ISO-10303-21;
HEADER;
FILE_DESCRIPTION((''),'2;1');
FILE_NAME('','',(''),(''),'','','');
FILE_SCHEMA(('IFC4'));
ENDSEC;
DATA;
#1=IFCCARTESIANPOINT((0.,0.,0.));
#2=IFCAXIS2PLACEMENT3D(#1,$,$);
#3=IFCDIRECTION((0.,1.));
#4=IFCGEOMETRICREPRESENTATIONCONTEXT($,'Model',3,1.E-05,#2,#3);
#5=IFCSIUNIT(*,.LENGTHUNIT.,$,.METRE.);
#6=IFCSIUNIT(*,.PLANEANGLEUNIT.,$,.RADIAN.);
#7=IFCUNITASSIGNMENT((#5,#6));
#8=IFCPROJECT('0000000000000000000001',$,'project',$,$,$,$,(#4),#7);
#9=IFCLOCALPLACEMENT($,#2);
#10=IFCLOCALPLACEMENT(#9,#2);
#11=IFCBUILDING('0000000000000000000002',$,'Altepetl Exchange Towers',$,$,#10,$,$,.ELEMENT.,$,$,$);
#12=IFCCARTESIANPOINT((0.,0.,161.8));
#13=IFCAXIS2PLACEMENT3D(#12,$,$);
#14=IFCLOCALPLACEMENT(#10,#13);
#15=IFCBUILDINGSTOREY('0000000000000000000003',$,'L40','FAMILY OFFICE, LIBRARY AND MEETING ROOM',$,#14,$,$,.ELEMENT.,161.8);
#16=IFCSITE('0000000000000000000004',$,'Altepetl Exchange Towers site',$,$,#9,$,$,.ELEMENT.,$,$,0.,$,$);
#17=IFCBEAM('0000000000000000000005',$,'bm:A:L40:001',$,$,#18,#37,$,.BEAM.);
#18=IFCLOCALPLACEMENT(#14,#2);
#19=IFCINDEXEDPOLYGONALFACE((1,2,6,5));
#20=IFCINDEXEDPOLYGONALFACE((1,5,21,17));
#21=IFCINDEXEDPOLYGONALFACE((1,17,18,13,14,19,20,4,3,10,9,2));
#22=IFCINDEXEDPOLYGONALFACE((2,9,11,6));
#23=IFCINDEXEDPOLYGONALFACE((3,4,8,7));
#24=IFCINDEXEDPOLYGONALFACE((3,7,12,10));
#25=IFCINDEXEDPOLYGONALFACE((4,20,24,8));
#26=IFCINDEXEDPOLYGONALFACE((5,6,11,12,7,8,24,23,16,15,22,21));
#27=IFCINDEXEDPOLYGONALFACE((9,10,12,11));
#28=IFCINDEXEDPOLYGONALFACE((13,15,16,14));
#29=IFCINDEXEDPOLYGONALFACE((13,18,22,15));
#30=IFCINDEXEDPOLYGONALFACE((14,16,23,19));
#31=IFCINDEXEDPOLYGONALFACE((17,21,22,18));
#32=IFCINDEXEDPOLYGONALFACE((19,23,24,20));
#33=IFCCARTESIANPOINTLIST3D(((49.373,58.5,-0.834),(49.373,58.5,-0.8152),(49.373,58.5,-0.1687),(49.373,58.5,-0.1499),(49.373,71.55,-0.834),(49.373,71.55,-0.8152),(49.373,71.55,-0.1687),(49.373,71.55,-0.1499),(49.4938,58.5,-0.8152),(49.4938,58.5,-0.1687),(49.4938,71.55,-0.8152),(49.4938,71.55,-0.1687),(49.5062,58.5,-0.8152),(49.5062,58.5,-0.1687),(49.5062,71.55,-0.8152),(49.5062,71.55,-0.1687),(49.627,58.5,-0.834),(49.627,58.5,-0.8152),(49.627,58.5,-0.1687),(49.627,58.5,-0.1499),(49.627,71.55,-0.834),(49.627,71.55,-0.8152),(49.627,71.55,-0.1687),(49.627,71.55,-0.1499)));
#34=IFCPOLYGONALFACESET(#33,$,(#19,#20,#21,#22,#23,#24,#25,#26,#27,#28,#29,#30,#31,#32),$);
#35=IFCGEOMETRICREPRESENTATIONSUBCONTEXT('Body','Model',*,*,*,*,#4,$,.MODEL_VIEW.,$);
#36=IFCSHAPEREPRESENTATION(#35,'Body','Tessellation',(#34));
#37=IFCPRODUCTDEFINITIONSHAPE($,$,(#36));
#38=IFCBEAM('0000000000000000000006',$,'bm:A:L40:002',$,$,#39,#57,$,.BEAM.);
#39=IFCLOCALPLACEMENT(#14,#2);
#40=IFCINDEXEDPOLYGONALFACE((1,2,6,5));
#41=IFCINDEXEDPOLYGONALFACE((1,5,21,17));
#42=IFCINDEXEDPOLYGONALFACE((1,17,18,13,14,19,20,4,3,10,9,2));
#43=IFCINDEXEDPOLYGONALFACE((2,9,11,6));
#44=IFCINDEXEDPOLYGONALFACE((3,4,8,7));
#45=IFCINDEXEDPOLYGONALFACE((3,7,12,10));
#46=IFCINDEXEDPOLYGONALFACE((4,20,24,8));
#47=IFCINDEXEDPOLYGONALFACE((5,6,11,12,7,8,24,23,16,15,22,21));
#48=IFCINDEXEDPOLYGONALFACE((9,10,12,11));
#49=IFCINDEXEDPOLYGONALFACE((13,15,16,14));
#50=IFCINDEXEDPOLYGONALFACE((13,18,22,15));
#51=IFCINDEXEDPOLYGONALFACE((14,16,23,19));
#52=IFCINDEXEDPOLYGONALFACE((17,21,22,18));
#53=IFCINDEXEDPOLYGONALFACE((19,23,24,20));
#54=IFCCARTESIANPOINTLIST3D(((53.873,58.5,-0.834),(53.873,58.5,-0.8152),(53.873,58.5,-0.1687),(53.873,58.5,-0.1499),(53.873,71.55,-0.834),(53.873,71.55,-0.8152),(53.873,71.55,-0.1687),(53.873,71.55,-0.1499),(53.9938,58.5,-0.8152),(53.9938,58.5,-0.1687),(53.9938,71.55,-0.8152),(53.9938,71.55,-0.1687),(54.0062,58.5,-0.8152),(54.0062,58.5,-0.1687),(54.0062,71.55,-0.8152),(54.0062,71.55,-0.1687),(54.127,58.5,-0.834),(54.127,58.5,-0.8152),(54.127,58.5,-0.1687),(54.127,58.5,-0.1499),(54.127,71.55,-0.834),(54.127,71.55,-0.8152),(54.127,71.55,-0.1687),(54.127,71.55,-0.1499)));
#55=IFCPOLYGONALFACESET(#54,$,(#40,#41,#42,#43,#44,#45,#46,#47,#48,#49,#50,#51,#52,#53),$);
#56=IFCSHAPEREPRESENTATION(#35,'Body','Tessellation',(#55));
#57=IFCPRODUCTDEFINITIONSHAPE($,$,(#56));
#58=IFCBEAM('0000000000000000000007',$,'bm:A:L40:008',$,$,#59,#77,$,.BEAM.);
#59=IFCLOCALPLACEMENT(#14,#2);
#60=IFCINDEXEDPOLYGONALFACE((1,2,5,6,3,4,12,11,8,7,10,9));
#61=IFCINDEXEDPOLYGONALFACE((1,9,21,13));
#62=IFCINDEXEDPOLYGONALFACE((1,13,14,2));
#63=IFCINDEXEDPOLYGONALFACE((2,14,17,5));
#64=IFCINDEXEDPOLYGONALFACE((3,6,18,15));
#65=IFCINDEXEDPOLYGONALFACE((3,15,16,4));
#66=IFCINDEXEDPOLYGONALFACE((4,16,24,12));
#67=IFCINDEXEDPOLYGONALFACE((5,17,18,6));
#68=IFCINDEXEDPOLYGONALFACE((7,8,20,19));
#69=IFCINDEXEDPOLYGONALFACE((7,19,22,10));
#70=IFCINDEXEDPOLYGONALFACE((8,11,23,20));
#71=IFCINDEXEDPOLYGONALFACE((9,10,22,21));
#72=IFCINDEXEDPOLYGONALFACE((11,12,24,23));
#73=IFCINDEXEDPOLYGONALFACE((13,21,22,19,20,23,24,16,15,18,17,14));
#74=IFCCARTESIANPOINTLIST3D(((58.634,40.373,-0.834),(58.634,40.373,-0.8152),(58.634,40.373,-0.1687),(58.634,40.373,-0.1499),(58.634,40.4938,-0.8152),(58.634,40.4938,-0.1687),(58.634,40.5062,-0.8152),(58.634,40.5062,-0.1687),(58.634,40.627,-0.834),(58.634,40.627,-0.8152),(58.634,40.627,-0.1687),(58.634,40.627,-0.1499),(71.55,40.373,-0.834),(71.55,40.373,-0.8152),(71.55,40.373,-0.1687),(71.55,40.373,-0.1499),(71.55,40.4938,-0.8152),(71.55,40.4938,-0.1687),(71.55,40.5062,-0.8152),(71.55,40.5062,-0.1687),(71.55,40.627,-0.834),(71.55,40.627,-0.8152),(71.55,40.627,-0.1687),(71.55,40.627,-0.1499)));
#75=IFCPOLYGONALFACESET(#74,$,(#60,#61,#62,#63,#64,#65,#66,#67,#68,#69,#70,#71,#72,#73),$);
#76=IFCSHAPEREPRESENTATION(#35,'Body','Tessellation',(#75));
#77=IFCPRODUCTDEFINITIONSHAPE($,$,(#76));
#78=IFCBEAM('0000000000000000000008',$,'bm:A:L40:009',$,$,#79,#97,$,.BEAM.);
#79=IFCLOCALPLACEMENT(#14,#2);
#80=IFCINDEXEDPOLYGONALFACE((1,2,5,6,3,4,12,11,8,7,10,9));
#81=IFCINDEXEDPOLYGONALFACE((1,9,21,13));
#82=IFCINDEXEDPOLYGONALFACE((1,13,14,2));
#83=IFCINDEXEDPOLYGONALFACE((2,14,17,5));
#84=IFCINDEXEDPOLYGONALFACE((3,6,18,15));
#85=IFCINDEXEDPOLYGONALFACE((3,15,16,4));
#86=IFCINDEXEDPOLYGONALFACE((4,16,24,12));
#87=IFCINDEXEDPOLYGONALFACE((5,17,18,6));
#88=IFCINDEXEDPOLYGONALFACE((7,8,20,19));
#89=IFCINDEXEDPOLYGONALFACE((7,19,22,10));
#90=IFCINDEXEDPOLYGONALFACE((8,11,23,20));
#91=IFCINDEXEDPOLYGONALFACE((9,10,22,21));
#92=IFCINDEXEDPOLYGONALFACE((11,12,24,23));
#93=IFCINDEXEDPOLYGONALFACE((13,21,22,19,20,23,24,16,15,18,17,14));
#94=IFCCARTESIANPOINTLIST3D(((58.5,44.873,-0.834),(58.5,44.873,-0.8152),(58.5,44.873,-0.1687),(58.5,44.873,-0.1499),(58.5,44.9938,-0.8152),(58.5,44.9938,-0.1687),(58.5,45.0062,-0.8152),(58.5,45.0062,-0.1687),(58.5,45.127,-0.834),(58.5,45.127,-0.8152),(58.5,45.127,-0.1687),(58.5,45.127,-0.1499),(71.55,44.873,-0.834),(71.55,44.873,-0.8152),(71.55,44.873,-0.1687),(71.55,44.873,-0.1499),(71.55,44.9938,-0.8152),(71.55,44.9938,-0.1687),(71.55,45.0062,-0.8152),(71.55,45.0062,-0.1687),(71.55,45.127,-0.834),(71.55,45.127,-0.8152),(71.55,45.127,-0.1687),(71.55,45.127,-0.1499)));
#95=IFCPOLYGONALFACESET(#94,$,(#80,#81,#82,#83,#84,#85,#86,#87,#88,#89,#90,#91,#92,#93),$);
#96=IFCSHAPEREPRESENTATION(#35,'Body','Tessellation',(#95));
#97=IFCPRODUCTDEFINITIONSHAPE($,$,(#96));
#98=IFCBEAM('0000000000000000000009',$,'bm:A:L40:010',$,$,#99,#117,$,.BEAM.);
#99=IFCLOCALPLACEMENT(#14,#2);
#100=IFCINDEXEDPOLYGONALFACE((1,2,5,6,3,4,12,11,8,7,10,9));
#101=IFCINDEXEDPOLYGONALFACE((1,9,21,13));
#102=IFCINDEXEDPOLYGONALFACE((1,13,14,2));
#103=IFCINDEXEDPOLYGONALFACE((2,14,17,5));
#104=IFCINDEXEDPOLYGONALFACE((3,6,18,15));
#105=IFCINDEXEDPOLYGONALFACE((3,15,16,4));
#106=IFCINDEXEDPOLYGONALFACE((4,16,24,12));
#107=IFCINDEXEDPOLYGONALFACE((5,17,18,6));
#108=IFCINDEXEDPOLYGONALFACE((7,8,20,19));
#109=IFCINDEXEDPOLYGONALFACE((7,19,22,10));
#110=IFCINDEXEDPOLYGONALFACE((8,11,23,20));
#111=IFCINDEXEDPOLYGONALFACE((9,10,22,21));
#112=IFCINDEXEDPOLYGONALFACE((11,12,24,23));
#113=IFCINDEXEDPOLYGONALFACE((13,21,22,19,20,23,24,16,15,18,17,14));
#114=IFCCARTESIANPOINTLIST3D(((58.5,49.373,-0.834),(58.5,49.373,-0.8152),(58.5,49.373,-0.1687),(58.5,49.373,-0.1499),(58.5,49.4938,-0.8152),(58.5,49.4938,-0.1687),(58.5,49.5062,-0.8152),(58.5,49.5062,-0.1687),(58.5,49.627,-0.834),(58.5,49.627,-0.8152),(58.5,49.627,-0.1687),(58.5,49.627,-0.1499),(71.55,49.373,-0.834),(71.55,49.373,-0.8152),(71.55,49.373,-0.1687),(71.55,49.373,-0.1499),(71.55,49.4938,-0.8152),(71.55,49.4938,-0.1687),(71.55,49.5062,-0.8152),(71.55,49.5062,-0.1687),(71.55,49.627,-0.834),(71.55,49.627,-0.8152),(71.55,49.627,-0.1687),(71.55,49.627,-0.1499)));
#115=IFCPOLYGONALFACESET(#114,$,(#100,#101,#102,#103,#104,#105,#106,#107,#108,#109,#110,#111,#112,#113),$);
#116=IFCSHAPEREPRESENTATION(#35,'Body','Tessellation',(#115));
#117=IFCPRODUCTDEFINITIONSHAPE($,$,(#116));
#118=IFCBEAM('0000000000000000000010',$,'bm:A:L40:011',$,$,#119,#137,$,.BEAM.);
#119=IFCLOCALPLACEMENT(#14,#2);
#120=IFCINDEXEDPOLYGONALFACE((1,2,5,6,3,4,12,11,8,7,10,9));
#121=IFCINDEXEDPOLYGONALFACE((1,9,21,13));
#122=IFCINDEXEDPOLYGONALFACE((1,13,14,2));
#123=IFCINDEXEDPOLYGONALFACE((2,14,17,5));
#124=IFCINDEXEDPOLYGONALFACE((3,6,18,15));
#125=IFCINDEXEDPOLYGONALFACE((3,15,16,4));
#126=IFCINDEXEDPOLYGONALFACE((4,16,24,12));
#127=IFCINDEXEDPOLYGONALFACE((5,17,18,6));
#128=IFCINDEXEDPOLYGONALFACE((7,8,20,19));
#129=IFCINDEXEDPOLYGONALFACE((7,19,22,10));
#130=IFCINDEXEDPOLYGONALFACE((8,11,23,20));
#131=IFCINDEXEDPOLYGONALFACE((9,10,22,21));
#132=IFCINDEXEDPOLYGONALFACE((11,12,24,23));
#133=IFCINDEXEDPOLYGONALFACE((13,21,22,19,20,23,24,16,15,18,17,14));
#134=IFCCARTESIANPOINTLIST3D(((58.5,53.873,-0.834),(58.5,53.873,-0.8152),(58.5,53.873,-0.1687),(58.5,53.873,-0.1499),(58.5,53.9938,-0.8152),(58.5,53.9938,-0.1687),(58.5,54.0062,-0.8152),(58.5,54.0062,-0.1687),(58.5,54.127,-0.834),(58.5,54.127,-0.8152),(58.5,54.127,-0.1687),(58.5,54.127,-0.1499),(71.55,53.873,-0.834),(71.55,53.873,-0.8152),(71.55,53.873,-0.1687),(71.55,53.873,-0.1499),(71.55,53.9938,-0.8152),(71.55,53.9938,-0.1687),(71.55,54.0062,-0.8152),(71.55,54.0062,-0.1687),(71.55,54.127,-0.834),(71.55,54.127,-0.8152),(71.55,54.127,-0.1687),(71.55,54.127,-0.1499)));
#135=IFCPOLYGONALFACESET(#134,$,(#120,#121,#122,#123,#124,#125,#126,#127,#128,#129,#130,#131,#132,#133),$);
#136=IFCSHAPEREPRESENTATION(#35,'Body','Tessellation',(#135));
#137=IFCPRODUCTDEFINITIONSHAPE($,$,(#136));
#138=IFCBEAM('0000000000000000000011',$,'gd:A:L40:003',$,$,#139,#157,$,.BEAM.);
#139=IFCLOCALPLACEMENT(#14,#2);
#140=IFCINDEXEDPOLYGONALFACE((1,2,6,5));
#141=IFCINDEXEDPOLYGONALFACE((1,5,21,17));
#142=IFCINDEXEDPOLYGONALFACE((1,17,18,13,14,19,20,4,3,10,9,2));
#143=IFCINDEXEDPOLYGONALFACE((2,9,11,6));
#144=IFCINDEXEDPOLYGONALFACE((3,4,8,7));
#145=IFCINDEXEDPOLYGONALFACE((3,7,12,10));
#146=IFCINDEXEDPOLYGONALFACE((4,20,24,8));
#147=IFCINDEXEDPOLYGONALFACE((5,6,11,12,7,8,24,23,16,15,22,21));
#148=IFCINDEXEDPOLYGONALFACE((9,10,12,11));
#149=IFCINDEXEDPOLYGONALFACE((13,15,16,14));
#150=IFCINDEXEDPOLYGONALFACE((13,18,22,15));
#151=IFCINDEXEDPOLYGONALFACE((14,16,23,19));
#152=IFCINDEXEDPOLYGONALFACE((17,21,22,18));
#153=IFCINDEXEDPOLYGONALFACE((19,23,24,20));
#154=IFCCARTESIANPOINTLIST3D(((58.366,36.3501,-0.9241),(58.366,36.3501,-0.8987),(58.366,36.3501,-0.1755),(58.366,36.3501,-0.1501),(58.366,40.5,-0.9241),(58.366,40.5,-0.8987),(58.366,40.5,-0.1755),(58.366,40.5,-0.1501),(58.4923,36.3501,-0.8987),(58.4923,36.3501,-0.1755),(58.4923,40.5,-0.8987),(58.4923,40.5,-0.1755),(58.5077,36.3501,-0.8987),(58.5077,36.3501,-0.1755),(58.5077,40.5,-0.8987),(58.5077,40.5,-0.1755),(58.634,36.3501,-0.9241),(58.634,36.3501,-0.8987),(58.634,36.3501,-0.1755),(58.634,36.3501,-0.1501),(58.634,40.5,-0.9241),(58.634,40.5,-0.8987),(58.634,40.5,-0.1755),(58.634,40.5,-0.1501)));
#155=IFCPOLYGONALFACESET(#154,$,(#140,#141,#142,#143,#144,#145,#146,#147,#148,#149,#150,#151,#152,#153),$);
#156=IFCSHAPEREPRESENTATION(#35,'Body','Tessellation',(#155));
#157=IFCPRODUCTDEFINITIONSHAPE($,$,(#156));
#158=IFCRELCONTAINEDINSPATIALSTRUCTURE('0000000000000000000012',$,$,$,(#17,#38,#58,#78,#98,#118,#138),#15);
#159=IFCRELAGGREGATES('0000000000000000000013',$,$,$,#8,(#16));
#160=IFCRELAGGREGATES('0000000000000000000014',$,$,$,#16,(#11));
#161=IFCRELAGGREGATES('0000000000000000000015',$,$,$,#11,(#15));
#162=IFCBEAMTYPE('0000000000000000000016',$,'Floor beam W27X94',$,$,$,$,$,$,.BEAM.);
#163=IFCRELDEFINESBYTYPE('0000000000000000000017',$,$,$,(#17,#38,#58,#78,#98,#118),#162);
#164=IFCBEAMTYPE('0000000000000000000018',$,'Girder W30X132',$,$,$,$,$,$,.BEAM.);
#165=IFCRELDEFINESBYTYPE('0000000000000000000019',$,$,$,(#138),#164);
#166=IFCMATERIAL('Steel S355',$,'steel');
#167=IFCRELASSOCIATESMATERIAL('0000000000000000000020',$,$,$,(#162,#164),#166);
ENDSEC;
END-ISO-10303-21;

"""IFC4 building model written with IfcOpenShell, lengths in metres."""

from ifc_helpers import new_model, si_unit, direction, frame, origin, origin_2d, place, context, subcontext, project, spatial, i_section, extrude, material, material_profile, profile_set, type_object, element, save


model = new_model("IFC4")

# Units and contexts
model_context = context("Model", 3, precision=1e-05, world=origin(), true_north=direction((0.0, 1.0)))
body_context = subcontext(model_context, "Body", "Model", "MODEL_VIEW")
ifc_project = project(units=[si_unit("LENGTHUNIT", "METRE"), si_unit("PLANEANGLEUNIT", "RADIAN")], contexts=[model_context])

# Site, building, storey
site_placement = place(None, origin())
site = spatial("IfcSite", under=ifc_project, at=site_placement, Name="Altepetl Exchange Towers site", CompositionType="ELEMENT", RefElevation=0.0)
building_placement = place(site_placement, origin())
building = spatial("IfcBuilding", under=site, at=building_placement, Name="Altepetl Exchange Towers", CompositionType="ELEMENT")
storey_placement = place(building_placement, frame((0.0, 0.0, 161.8)))
storey = spatial("IfcBuildingStorey", under=building, at=storey_placement, Name="L40", Description="FAMILY OFFICE, LIBRARY AND MEETING ROOM", CompositionType="ELEMENT", Elevation=161.8)

# Beams
ifc_material_1 = material(Name="Steel S355", Category="steel")
ifc_material_profile_1 = material_profile(ifc_material_1, i_section(OverallWidth=0.2539, OverallDepth=0.6841, WebThickness=0.0125, FlangeThickness=0.0188, at=origin_2d()), Name="W27X94")
ifc_profile_set_1 = profile_set([ifc_material_profile_1], Name="Steel S355")
beam_type_1 = type_object("IfcBeamType", Name="Floor beam W27X94", PredefinedType="BEAM", material=ifc_profile_set_1)
for number, where, z_axis, x_axis, name in (
    (1, (49.5, 58.5, -0.4919), (0.0, 1.0, 0.0), (-1.0, 0.0, 0.0), "bm:A:L40:001"),
    (2, (54.0, 58.5, -0.4919), (0.0, 1.0, 0.0), (-1.0, 0.0, 0.0), "bm:A:L40:002"),
):
    element("IfcBeam", number, at=place(storey_placement, frame(where, z_axis=z_axis, x_axis=x_axis)), inside=storey, type_object=beam_type_1, Name=name, PredefinedType="BEAM", context=body_context, shape_type="SweptSolid", body=[
        extrude(i_section(OverallWidth=0.2539, OverallDepth=0.6841, WebThickness=0.0125, FlangeThickness=0.0188, at=origin_2d()), origin(), (0.0, 0.0, 1.0), 13.05),
    ])
beam_1_placement = place(storey_placement, frame((58.634, 40.5, -0.4919), z_axis=(1.0, 0.0, 0.0), x_axis=(0.0, 1.0, 0.0)))
element("IfcBeam", 3, at=beam_1_placement, inside=storey, type_object=beam_type_1, Name="bm:A:L40:008", PredefinedType="BEAM", context=body_context, shape_type="SweptSolid", body=[
    extrude(i_section(OverallWidth=0.2539, OverallDepth=0.6841, WebThickness=0.0125, FlangeThickness=0.0188, at=origin_2d()), origin(), (0.0, 0.0, 1.0), 12.916),
])
for number, where, z_axis, x_axis, name in (
    (4, (58.5, 45.0, -0.4919), (1.0, 0.0, 0.0), (0.0, 1.0, 0.0), "bm:A:L40:009"),
    (5, (58.5, 49.5, -0.4919), (1.0, 0.0, 0.0), (0.0, 1.0, 0.0), "bm:A:L40:010"),
    (6, (58.5, 54.0, -0.4919), (1.0, 0.0, 0.0), (0.0, 1.0, 0.0), "bm:A:L40:011"),
):
    element("IfcBeam", number, at=place(storey_placement, frame(where, z_axis=z_axis, x_axis=x_axis)), inside=storey, type_object=beam_type_1, Name=name, PredefinedType="BEAM", context=body_context, shape_type="SweptSolid", body=[
        extrude(i_section(OverallWidth=0.2539, OverallDepth=0.6841, WebThickness=0.0125, FlangeThickness=0.0188, at=origin_2d()), origin(), (0.0, 0.0, 1.0), 13.05),
    ])
ifc_material_profile_2 = material_profile(ifc_material_1, i_section(OverallWidth=0.2681, OverallDepth=0.7739, WebThickness=0.0154, FlangeThickness=0.0254, at=origin_2d()), Name="W30X132")
ifc_profile_set_2 = profile_set([ifc_material_profile_2], Name="Steel S355")
beam_type_2 = type_object("IfcBeamType", Name="Girder W30X132", PredefinedType="BEAM", material=ifc_profile_set_2)
beam_2_placement = place(storey_placement, frame((58.5, 40.5, -0.5371), z_axis=(0.0, -1.0, 0.0), x_axis=(1.0, 0.0, 0.0)))
element("IfcBeam", 7, at=beam_2_placement, inside=storey, type_object=beam_type_2, Name="gd:A:L40:003", PredefinedType="BEAM", context=body_context, shape_type="SweptSolid", body=[
    extrude(i_section(OverallWidth=0.2681, OverallDepth=0.7739, WebThickness=0.0154, FlangeThickness=0.0254, at=origin_2d()), origin(), (0.0, 0.0, 1.0), 4.1499),
])

save(model, "model.ifc")
